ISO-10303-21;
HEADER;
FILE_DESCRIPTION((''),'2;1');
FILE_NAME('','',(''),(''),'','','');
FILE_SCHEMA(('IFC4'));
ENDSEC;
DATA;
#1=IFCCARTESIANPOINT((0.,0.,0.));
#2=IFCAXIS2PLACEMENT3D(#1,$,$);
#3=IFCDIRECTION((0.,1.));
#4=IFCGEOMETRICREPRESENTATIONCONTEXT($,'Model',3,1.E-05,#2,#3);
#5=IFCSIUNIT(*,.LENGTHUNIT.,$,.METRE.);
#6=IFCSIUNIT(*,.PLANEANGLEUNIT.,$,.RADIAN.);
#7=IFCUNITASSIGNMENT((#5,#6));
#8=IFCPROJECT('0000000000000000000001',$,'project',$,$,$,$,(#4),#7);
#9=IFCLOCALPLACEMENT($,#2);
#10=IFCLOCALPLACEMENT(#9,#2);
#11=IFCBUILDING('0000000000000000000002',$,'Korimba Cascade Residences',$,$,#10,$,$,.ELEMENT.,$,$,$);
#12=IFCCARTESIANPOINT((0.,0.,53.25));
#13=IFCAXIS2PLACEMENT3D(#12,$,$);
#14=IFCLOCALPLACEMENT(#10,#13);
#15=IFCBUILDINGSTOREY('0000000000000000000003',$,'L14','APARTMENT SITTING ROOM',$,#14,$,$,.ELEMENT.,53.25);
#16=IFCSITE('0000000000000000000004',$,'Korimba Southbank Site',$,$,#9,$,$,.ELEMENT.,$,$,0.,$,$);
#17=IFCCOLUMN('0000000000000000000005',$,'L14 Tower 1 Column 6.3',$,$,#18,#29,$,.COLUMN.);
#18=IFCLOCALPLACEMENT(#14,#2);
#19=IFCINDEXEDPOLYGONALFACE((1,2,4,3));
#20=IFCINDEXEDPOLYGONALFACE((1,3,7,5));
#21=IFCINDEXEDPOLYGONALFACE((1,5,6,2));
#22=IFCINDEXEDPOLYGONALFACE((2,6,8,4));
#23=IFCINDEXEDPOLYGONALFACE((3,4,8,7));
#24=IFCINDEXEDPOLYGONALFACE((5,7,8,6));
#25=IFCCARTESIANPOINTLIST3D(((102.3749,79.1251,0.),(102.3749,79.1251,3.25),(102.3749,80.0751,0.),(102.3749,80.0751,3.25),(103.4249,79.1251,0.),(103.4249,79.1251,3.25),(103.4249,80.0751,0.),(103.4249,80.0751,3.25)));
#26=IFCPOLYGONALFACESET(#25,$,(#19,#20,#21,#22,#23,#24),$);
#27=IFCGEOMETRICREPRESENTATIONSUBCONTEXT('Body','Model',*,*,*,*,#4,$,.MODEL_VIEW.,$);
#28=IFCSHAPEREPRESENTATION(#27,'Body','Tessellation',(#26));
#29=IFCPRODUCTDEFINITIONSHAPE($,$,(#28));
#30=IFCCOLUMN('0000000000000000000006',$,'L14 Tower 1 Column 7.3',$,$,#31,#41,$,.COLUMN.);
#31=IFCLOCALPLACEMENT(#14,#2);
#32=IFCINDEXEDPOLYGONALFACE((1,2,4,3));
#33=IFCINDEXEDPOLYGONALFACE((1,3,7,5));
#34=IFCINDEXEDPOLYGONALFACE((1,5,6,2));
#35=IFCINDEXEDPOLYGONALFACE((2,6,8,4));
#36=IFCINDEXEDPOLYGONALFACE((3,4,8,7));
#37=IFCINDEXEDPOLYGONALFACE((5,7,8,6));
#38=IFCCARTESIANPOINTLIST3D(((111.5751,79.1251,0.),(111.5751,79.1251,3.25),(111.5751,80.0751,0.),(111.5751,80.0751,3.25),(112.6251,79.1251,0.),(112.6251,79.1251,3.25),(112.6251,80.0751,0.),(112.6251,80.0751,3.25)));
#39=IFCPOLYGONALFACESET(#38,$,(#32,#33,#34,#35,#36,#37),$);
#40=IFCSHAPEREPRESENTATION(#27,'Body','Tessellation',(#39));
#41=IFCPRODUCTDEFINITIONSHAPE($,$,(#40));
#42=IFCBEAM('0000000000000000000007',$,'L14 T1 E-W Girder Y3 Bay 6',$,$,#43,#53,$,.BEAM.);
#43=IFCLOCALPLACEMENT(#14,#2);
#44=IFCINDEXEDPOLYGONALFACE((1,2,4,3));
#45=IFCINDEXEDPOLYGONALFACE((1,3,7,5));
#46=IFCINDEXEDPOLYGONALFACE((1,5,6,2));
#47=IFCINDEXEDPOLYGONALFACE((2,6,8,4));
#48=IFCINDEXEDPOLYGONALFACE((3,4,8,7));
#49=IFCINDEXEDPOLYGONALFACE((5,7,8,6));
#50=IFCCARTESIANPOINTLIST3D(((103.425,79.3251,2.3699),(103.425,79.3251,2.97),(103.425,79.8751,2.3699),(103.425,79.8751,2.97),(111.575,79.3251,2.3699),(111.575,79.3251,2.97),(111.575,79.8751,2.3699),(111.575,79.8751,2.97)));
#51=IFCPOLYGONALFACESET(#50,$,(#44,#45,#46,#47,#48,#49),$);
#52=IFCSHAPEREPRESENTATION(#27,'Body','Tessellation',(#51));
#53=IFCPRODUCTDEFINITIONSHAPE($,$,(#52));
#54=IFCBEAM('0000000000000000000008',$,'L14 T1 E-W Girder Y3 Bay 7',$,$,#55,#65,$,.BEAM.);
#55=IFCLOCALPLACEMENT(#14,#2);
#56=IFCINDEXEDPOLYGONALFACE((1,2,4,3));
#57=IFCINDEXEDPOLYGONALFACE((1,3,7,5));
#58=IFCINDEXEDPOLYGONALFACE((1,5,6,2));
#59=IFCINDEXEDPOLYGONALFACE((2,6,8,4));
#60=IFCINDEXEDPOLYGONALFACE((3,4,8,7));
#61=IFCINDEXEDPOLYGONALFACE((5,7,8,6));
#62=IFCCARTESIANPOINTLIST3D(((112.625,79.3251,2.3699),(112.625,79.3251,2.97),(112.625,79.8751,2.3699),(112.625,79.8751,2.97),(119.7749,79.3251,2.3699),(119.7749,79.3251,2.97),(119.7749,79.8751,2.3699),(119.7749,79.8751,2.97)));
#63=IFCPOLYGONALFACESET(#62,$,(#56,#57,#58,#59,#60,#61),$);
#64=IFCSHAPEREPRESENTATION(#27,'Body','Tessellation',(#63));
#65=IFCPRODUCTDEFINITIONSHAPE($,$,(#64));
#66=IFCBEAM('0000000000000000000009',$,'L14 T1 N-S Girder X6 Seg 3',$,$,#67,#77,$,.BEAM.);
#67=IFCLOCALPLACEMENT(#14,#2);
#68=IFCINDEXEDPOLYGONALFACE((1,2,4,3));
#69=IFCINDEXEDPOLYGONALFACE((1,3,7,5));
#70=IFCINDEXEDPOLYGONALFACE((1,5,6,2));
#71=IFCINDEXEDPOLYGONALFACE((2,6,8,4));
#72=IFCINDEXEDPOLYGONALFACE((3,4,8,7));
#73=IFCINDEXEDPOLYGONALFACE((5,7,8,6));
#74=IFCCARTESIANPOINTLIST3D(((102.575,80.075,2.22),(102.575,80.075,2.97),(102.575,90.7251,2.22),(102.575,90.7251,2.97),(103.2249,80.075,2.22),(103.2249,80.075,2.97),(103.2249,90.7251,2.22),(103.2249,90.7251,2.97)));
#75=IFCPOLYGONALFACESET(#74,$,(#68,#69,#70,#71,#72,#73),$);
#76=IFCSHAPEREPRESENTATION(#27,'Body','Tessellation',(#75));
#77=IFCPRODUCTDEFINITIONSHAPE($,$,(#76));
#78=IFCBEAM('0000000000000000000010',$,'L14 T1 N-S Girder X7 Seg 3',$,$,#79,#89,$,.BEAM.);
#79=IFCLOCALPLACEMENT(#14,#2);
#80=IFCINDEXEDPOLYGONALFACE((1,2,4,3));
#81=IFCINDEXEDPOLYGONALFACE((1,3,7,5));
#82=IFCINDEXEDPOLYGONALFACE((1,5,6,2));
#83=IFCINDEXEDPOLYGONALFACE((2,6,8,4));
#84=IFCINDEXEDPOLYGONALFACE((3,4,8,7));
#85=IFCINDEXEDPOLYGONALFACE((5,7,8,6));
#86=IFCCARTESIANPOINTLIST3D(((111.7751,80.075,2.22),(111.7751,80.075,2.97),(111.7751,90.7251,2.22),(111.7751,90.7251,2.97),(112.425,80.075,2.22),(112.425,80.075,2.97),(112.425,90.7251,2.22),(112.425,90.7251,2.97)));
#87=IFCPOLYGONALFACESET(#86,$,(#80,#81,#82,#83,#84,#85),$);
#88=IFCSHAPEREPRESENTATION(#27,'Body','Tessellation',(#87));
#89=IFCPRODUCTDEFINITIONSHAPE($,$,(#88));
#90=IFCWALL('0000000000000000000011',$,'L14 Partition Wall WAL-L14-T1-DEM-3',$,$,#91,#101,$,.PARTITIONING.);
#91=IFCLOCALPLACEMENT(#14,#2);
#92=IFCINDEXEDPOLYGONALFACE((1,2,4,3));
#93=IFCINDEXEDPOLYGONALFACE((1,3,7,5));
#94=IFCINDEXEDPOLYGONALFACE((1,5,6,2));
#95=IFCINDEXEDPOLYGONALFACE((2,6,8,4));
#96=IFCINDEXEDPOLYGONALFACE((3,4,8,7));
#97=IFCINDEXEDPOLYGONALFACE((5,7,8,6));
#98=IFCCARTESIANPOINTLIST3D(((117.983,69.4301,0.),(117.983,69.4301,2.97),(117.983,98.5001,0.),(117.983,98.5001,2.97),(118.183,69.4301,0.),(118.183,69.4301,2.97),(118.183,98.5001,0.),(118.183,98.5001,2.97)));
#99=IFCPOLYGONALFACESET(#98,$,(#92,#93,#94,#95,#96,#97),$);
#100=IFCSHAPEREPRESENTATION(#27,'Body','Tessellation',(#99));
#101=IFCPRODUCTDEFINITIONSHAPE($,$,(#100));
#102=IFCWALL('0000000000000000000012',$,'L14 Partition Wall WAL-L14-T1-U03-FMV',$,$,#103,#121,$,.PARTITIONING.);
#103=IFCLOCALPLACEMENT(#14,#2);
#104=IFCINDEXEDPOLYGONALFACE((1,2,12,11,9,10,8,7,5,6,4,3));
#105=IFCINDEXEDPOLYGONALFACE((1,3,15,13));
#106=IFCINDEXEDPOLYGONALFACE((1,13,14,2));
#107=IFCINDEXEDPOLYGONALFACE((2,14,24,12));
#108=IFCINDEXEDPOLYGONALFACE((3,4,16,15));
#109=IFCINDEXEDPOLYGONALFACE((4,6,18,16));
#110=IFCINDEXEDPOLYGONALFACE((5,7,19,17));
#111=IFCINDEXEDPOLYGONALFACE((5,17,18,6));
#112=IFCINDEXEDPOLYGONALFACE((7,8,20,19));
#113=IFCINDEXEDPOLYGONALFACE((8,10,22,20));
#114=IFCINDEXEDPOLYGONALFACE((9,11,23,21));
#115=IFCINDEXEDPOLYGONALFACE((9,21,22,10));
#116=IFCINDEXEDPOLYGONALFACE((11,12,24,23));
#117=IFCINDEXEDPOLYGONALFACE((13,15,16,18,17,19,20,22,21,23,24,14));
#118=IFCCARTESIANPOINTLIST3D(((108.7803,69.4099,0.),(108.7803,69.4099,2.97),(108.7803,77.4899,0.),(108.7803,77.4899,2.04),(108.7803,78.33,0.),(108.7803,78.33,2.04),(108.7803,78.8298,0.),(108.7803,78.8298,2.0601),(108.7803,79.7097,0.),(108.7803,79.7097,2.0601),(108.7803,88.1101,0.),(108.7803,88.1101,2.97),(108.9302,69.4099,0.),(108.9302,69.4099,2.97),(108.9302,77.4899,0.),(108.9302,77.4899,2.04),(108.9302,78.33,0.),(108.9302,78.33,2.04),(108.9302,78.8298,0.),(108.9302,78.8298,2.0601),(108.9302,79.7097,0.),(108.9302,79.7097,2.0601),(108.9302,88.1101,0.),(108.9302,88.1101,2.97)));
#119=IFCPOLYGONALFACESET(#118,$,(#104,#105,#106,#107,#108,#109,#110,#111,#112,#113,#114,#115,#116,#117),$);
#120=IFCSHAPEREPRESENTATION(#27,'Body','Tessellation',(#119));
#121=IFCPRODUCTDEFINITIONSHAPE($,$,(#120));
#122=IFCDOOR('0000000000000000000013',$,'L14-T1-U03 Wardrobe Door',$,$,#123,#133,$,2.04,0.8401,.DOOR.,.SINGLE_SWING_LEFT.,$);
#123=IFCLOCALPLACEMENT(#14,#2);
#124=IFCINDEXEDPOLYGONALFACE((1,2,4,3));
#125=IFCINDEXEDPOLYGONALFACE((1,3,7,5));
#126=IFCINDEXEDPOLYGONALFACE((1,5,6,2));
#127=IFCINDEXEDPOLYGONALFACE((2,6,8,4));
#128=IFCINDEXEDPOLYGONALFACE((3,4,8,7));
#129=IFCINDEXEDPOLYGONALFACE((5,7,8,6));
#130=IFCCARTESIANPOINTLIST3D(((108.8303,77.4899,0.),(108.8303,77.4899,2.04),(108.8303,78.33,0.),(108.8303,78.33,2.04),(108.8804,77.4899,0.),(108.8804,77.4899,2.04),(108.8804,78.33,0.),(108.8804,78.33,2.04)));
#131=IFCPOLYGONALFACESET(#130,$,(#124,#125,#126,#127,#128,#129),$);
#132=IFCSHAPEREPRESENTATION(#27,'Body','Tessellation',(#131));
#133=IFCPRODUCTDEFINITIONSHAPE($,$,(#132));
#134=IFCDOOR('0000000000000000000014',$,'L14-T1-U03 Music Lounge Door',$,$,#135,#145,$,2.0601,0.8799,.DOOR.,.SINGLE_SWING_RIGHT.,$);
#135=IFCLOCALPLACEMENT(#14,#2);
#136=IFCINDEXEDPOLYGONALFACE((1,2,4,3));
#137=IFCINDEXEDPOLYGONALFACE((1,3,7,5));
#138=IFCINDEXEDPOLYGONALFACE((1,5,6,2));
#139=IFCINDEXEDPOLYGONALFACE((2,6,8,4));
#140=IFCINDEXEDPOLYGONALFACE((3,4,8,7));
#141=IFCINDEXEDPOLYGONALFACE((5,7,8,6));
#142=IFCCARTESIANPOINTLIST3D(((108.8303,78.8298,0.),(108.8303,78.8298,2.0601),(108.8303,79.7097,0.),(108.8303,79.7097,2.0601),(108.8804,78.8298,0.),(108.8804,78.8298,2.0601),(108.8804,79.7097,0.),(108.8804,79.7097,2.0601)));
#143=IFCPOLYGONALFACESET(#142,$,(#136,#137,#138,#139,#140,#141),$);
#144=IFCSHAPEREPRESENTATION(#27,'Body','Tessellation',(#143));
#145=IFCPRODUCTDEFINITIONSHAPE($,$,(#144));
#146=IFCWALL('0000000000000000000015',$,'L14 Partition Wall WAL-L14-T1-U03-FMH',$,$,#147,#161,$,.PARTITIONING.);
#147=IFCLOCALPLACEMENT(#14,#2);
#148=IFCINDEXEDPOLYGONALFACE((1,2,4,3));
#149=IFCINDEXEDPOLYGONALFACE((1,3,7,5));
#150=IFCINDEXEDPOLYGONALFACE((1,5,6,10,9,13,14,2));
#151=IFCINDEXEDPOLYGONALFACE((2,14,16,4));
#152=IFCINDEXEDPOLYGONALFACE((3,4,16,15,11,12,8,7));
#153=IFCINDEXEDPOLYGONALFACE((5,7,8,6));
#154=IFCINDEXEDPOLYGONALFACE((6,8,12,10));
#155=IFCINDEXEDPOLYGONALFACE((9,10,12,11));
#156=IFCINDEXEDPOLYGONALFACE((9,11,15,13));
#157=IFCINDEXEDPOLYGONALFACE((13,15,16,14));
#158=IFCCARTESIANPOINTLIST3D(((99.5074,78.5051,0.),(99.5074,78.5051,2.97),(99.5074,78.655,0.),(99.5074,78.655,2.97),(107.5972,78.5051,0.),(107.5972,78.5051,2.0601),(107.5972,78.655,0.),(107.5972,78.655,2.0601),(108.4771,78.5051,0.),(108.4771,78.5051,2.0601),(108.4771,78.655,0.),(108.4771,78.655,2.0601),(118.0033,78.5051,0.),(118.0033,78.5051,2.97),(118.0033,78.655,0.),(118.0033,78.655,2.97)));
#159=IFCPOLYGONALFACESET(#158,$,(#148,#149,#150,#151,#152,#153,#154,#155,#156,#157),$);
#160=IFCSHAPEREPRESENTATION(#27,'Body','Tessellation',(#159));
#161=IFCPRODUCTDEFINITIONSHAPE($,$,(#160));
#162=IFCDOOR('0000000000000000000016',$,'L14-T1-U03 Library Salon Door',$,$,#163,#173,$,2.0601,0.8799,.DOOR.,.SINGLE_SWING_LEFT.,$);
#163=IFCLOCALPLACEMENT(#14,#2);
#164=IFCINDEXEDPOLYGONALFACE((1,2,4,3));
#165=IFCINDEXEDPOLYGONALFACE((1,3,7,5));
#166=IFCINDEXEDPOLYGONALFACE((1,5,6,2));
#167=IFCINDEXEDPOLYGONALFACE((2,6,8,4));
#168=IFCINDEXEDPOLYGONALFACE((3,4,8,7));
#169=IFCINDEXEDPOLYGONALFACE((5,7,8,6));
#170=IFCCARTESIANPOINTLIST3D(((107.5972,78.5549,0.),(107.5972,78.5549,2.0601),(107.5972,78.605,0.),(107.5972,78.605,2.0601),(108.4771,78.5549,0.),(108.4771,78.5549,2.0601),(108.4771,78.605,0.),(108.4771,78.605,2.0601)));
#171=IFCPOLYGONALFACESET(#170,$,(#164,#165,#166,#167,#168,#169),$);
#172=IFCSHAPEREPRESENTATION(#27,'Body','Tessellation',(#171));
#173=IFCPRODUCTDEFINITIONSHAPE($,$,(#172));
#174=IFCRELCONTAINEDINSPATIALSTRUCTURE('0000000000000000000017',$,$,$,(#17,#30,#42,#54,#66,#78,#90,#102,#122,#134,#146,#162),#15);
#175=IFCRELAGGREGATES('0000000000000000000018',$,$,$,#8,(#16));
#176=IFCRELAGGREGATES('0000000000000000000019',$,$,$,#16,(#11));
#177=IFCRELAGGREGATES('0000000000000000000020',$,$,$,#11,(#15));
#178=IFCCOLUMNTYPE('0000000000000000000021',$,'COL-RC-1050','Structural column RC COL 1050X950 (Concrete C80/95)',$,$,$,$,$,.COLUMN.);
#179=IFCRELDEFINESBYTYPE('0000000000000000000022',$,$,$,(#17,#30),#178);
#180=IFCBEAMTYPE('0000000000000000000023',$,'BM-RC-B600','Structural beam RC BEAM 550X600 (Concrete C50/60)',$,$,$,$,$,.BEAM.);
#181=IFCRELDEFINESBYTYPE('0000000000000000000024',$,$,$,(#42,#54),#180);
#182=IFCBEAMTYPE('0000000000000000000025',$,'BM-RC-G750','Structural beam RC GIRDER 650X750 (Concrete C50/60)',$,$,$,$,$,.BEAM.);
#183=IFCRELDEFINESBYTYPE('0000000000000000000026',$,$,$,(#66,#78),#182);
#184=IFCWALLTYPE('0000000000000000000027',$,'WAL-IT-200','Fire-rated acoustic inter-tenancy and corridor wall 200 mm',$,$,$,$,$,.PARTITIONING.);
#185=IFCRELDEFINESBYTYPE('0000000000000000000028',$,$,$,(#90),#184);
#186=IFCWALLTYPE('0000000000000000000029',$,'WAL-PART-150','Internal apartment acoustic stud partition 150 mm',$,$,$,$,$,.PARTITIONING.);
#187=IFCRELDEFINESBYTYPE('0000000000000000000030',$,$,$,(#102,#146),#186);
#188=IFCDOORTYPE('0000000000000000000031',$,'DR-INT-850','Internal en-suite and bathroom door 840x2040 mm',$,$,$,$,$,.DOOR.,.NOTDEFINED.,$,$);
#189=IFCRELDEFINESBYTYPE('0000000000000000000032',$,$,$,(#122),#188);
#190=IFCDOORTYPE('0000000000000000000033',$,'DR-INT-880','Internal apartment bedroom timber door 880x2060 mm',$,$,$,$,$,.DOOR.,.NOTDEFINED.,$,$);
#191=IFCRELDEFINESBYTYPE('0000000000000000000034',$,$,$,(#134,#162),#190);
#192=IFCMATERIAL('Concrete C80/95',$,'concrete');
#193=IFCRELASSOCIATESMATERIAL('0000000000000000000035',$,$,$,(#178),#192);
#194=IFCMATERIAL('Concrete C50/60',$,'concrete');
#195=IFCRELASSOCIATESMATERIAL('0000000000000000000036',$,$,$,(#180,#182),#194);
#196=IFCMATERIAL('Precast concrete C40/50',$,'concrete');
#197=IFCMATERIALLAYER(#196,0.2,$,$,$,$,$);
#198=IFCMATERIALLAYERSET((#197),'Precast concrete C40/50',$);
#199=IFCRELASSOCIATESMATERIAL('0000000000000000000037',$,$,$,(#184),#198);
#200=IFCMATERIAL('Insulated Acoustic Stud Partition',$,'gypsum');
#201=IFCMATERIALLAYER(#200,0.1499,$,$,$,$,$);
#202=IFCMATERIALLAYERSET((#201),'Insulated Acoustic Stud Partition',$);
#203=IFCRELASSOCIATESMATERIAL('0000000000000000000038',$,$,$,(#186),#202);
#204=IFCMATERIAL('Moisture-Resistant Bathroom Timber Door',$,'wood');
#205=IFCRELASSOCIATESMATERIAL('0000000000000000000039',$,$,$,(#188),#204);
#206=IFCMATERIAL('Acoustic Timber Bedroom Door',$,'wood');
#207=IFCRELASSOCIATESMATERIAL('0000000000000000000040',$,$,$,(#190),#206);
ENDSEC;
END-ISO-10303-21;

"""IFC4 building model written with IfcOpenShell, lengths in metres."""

from ifc_helpers import new_model, si_unit, direction, frame, frame_2d, origin, origin_2d, place, context, subcontext, project, spatial, rectangle, extrude, material, layer, layer_set, material_profile, profile_set, type_object, element, fill, save


model = new_model("IFC4")

# Units and contexts
model_context = context("Model", 3, precision=1e-05, world=origin(), true_north=direction((0.0, 1.0)))
body_context = subcontext(model_context, "Body", "Model", "MODEL_VIEW")
ifc_project = project(units=[si_unit("LENGTHUNIT", "METRE"), si_unit("PLANEANGLEUNIT", "RADIAN")], contexts=[model_context])

# Site, building, storey
site_placement = place(None, origin())
site = spatial("IfcSite", under=ifc_project, at=site_placement, Name="Korimba Southbank Site", CompositionType="ELEMENT", RefElevation=0.0)
building_placement = place(site_placement, origin())
building = spatial("IfcBuilding", under=site, at=building_placement, Name="Korimba Cascade Residences", CompositionType="ELEMENT")
storey_placement = place(building_placement, frame((0.0, 0.0, 53.25)))
storey = spatial("IfcBuildingStorey", under=building, at=storey_placement, Name="L14", Description="APARTMENT SITTING ROOM", CompositionType="ELEMENT", Elevation=53.25)

# Columns
ifc_material_1 = material(Name="Concrete C80/95", Category="concrete")
ifc_material_profile_1 = material_profile(ifc_material_1, rectangle(XDim=1.05, YDim=0.95, at=origin_2d()), Name="Concrete C80/95")
ifc_profile_set_1 = profile_set([ifc_material_profile_1], Name="Concrete C80/95")
column_type = type_object("IfcColumnType", Name="COL-RC-1050", Description="Structural column RC COL 1050X950 (Concrete C80/95)", PredefinedType="COLUMN", material=ifc_profile_set_1)
for number, where, z_axis, x_axis, name in (
    (1, (102.8999, 79.6001, 0.0), (0.0, 0.0, 1.0), (1.0, 0.0, 0.0), "L14 Tower 1 Column 6.3"),
    (2, (112.1001, 79.6001, 0.0), (0.0, 0.0, 1.0), (1.0, 0.0, 0.0), "L14 Tower 1 Column 7.3"),
):
    element("IfcColumn", number, at=place(storey_placement, frame(where, z_axis=z_axis, x_axis=x_axis)), inside=storey, type_object=column_type, Name=name, PredefinedType="COLUMN", context=body_context, shape_type="SweptSolid", body=[
        extrude(rectangle(XDim=1.05, YDim=0.95, at=origin_2d()), origin(), (0.0, 0.0, 1.0), 3.25),
    ])

# Beams
ifc_material_2 = material(Name="Concrete C50/60", Category="concrete")
ifc_material_profile_2 = material_profile(ifc_material_2, rectangle(XDim=0.55, YDim=0.6001, at=origin_2d()), Name="Concrete C50/60")
ifc_profile_set_2 = profile_set([ifc_material_profile_2], Name="Concrete C50/60")
beam_type_1 = type_object("IfcBeamType", Name="BM-RC-B600", Description="Structural beam RC BEAM 550X600 (Concrete C50/60)", PredefinedType="BEAM", material=ifc_profile_set_2)
beam_1_placement = place(storey_placement, frame((103.425, 79.6001, 2.6699), z_axis=(1.0, 0.0, 0.0), x_axis=(0.0, 1.0, 0.0)))
element("IfcBeam", 3, at=beam_1_placement, inside=storey, type_object=beam_type_1, Name="L14 T1 E-W Girder Y3 Bay 6", PredefinedType="BEAM", context=body_context, shape_type="SweptSolid", body=[
    extrude(rectangle(XDim=0.55, YDim=0.6001, at=origin_2d()), origin(), (0.0, 0.0, 1.0), 8.1499),
])
beam_2_placement = place(storey_placement, frame((112.625, 79.6001, 2.6699), z_axis=(1.0, 0.0, 0.0), x_axis=(0.0, 1.0, 0.0)))
element("IfcBeam", 4, at=beam_2_placement, inside=storey, type_object=beam_type_1, Name="L14 T1 E-W Girder Y3 Bay 7", PredefinedType="BEAM", context=body_context, shape_type="SweptSolid", body=[
    extrude(rectangle(XDim=0.55, YDim=0.6001, at=origin_2d()), origin(), (0.0, 0.0, 1.0), 7.1499),
])
ifc_material_profile_3 = material_profile(ifc_material_2, rectangle(XDim=0.6499, YDim=0.75, at=origin_2d()), Name="Concrete C50/60")
ifc_profile_set_3 = profile_set([ifc_material_profile_3], Name="Concrete C50/60")
beam_type_2 = type_object("IfcBeamType", Name="BM-RC-G750", Description="Structural beam RC GIRDER 650X750 (Concrete C50/60)", PredefinedType="BEAM", material=ifc_profile_set_3)
for number, where, z_axis, x_axis, name in (
    (5, (102.8999, 80.075, 2.595), (0.0, 1.0, 0.0), (-1.0, 0.0, 0.0), "L14 T1 N-S Girder X6 Seg 3"),
    (6, (112.1001, 80.075, 2.595), (0.0, 1.0, 0.0), (-1.0, 0.0, 0.0), "L14 T1 N-S Girder X7 Seg 3"),
):
    element("IfcBeam", number, at=place(storey_placement, frame(where, z_axis=z_axis, x_axis=x_axis)), inside=storey, type_object=beam_type_2, Name=name, PredefinedType="BEAM", context=body_context, shape_type="SweptSolid", body=[
        extrude(rectangle(XDim=0.6499, YDim=0.75, at=origin_2d()), origin(), (0.0, 0.0, 1.0), 10.6501),
    ])

# Wall
ifc_material_3 = material(Name="Precast concrete C40/50", Category="concrete")
ifc_layer_1 = layer(ifc_material_3, 0.2)
ifc_layer_set_1 = layer_set([ifc_layer_1], Name="Precast concrete C40/50")
wall_type_1 = type_object("IfcWallType", Name="WAL-IT-200", Description="Fire-rated acoustic inter-tenancy and corridor wall 200 mm", PredefinedType="PARTITIONING", material=ifc_layer_set_1)
wall_1_placement = place(storey_placement, frame((118.083, 69.4299, 0.0), z_axis=(0.0, 0.0, 1.0), x_axis=(0.0, 1.0, 0.0)))
element("IfcWall", 7, at=wall_1_placement, inside=storey, type_object=wall_type_1, Name="L14 Partition Wall WAL-L14-T1-DEM-3", PredefinedType="PARTITIONING", context=body_context, shape_type="SweptSolid", body=[
    extrude(rectangle(XDim=29.0701, YDim=0.2, at=frame_2d((14.5352, 0.0))), origin(), (0.0, 0.0, 1.0), 2.97),
])

# Wall, openings, doors
ifc_material_4 = material(Name="Insulated Acoustic Stud Partition", Category="gypsum")
ifc_layer_2 = layer(ifc_material_4, 0.1499)
ifc_layer_set_2 = layer_set([ifc_layer_2], Name="Insulated Acoustic Stud Partition")
wall_type_2 = type_object("IfcWallType", Name="WAL-PART-150", Description="Internal apartment acoustic stud partition 150 mm", PredefinedType="PARTITIONING", material=ifc_layer_set_2)
wall_2_placement = place(storey_placement, frame((108.8552, 69.4099, 0.0), z_axis=(0.0, 0.0, 1.0), x_axis=(0.0, 1.0, 0.0)))
wall_2 = element("IfcWall", 8, at=wall_2_placement, inside=storey, type_object=wall_type_2, Name="L14 Partition Wall WAL-L14-T1-U03-FMV", PredefinedType="PARTITIONING", context=body_context, shape_type="SweptSolid", body=[
    extrude(rectangle(XDim=18.7002, YDim=0.1499, at=frame_2d((9.3501, 0.0))), origin(), (0.0, 0.0, 1.0), 2.97),
])
opening_1_placement = place(wall_2_placement, frame((8.0801, 0.0, 0.0)))
opening_1 = element("IfcOpeningElement", 9, at=opening_1_placement, cuts=wall_2, PredefinedType="OPENING", context=body_context, shape_type="SweptSolid", body=[
    extrude(rectangle(XDim=0.8401, YDim=2.04, at=frame_2d((0.4199, 1.02))), frame((0.0, 0.085, 0.0), z_axis=(0.0, -1.0, 0.0), x_axis=(1.0, 0.0, 0.0)), (0.0, 0.0, 1.0), 0.1699),
])
opening_2_placement = place(wall_2_placement, frame((9.4199, 0.0, 0.0)))
opening_2 = element("IfcOpeningElement", 10, at=opening_2_placement, cuts=wall_2, PredefinedType="OPENING", context=body_context, shape_type="SweptSolid", body=[
    extrude(rectangle(XDim=0.8799, YDim=2.0601, at=frame_2d((0.4399, 1.03))), frame((0.0, 0.085, 0.0), z_axis=(0.0, -1.0, 0.0), x_axis=(1.0, 0.0, 0.0)), (0.0, 0.0, 1.0), 0.1699),
])
ifc_material_5 = material(Name="Moisture-Resistant Bathroom Timber Door", Category="wood")
door_type_1 = type_object("IfcDoorType", Name="DR-INT-850", Description="Internal en-suite and bathroom door 840x2040 mm", OperationType="NOTDEFINED", PredefinedType="DOOR", material=ifc_material_5)
door_1_placement = place(opening_1_placement, origin())
door_1 = element("IfcDoor", 11, at=door_1_placement, inside=storey, type_object=door_type_1, Name="L14-T1-U03 Wardrobe Door", OperationType="SINGLE_SWING_LEFT", OverallHeight=2.04, OverallWidth=0.8401, PredefinedType="DOOR", context=body_context, shape_type="SweptSolid", body=[
    extrude(rectangle(XDim=0.8401, YDim=2.04, at=frame_2d((0.4199, 1.02))), frame((0.0, 0.0249, 0.0), z_axis=(0.0, -1.0, 0.0), x_axis=(1.0, 0.0, 0.0)), (0.0, 0.0, 1.0), 0.05),
])
fill(opening_1, door_1)
ifc_material_6 = material(Name="Acoustic Timber Bedroom Door", Category="wood")
door_type_2 = type_object("IfcDoorType", Name="DR-INT-880", Description="Internal apartment bedroom timber door 880x2060 mm", OperationType="NOTDEFINED", PredefinedType="DOOR", material=ifc_material_6)
door_2_placement = place(opening_2_placement, origin())
door_2 = element("IfcDoor", 12, at=door_2_placement, inside=storey, type_object=door_type_2, Name="L14-T1-U03 Music Lounge Door", OperationType="SINGLE_SWING_RIGHT", OverallHeight=2.0601, OverallWidth=0.8799, PredefinedType="DOOR", context=body_context, shape_type="SweptSolid", body=[
    extrude(rectangle(XDim=0.8799, YDim=2.0601, at=frame_2d((0.4399, 1.03))), frame((0.0, 0.0249, 0.0), z_axis=(0.0, -1.0, 0.0), x_axis=(1.0, 0.0, 0.0)), (0.0, 0.0, 1.0), 0.05),
])
fill(opening_2, door_2)

# Wall, opening, door
wall_3_placement = place(storey_placement, frame((99.5073, 78.5801, 0.0), z_axis=(0.0, 0.0, 1.0), x_axis=(1.0, 0.0, 0.0)))
wall_3 = element("IfcWall", 13, at=wall_3_placement, inside=storey, type_object=wall_type_2, Name="L14 Partition Wall WAL-L14-T1-U03-FMH", PredefinedType="PARTITIONING", context=body_context, shape_type="SweptSolid", body=[
    extrude(rectangle(XDim=18.4958, YDim=0.1499, at=frame_2d((9.248, 0.0))), origin(), (0.0, 0.0, 1.0), 2.97),
])
opening_3_placement = place(wall_3_placement, frame((8.0898, 0.0, 0.0)))
opening_3 = element("IfcOpeningElement", 14, at=opening_3_placement, cuts=wall_3, PredefinedType="OPENING", context=body_context, shape_type="SweptSolid", body=[
    extrude(rectangle(XDim=0.8799, YDim=2.0601, at=frame_2d((0.4399, 1.03))), frame((0.0, 0.085, 0.0), z_axis=(0.0, -1.0, 0.0), x_axis=(1.0, 0.0, 0.0)), (0.0, 0.0, 1.0), 0.1699),
])
door_3_placement = place(opening_3_placement, origin())
door_3 = element("IfcDoor", 15, at=door_3_placement, inside=storey, type_object=door_type_2, Name="L14-T1-U03 Library Salon Door", OperationType="SINGLE_SWING_LEFT", OverallHeight=2.0601, OverallWidth=0.8799, PredefinedType="DOOR", context=body_context, shape_type="SweptSolid", body=[
    extrude(rectangle(XDim=0.8799, YDim=2.0601, at=frame_2d((0.4399, 1.03))), frame((0.0, 0.0249, 0.0), z_axis=(0.0, -1.0, 0.0), x_axis=(1.0, 0.0, 0.0)), (0.0, 0.0, 1.0), 0.05),
])
fill(opening_3, door_3)

save(model, "model.ifc")
